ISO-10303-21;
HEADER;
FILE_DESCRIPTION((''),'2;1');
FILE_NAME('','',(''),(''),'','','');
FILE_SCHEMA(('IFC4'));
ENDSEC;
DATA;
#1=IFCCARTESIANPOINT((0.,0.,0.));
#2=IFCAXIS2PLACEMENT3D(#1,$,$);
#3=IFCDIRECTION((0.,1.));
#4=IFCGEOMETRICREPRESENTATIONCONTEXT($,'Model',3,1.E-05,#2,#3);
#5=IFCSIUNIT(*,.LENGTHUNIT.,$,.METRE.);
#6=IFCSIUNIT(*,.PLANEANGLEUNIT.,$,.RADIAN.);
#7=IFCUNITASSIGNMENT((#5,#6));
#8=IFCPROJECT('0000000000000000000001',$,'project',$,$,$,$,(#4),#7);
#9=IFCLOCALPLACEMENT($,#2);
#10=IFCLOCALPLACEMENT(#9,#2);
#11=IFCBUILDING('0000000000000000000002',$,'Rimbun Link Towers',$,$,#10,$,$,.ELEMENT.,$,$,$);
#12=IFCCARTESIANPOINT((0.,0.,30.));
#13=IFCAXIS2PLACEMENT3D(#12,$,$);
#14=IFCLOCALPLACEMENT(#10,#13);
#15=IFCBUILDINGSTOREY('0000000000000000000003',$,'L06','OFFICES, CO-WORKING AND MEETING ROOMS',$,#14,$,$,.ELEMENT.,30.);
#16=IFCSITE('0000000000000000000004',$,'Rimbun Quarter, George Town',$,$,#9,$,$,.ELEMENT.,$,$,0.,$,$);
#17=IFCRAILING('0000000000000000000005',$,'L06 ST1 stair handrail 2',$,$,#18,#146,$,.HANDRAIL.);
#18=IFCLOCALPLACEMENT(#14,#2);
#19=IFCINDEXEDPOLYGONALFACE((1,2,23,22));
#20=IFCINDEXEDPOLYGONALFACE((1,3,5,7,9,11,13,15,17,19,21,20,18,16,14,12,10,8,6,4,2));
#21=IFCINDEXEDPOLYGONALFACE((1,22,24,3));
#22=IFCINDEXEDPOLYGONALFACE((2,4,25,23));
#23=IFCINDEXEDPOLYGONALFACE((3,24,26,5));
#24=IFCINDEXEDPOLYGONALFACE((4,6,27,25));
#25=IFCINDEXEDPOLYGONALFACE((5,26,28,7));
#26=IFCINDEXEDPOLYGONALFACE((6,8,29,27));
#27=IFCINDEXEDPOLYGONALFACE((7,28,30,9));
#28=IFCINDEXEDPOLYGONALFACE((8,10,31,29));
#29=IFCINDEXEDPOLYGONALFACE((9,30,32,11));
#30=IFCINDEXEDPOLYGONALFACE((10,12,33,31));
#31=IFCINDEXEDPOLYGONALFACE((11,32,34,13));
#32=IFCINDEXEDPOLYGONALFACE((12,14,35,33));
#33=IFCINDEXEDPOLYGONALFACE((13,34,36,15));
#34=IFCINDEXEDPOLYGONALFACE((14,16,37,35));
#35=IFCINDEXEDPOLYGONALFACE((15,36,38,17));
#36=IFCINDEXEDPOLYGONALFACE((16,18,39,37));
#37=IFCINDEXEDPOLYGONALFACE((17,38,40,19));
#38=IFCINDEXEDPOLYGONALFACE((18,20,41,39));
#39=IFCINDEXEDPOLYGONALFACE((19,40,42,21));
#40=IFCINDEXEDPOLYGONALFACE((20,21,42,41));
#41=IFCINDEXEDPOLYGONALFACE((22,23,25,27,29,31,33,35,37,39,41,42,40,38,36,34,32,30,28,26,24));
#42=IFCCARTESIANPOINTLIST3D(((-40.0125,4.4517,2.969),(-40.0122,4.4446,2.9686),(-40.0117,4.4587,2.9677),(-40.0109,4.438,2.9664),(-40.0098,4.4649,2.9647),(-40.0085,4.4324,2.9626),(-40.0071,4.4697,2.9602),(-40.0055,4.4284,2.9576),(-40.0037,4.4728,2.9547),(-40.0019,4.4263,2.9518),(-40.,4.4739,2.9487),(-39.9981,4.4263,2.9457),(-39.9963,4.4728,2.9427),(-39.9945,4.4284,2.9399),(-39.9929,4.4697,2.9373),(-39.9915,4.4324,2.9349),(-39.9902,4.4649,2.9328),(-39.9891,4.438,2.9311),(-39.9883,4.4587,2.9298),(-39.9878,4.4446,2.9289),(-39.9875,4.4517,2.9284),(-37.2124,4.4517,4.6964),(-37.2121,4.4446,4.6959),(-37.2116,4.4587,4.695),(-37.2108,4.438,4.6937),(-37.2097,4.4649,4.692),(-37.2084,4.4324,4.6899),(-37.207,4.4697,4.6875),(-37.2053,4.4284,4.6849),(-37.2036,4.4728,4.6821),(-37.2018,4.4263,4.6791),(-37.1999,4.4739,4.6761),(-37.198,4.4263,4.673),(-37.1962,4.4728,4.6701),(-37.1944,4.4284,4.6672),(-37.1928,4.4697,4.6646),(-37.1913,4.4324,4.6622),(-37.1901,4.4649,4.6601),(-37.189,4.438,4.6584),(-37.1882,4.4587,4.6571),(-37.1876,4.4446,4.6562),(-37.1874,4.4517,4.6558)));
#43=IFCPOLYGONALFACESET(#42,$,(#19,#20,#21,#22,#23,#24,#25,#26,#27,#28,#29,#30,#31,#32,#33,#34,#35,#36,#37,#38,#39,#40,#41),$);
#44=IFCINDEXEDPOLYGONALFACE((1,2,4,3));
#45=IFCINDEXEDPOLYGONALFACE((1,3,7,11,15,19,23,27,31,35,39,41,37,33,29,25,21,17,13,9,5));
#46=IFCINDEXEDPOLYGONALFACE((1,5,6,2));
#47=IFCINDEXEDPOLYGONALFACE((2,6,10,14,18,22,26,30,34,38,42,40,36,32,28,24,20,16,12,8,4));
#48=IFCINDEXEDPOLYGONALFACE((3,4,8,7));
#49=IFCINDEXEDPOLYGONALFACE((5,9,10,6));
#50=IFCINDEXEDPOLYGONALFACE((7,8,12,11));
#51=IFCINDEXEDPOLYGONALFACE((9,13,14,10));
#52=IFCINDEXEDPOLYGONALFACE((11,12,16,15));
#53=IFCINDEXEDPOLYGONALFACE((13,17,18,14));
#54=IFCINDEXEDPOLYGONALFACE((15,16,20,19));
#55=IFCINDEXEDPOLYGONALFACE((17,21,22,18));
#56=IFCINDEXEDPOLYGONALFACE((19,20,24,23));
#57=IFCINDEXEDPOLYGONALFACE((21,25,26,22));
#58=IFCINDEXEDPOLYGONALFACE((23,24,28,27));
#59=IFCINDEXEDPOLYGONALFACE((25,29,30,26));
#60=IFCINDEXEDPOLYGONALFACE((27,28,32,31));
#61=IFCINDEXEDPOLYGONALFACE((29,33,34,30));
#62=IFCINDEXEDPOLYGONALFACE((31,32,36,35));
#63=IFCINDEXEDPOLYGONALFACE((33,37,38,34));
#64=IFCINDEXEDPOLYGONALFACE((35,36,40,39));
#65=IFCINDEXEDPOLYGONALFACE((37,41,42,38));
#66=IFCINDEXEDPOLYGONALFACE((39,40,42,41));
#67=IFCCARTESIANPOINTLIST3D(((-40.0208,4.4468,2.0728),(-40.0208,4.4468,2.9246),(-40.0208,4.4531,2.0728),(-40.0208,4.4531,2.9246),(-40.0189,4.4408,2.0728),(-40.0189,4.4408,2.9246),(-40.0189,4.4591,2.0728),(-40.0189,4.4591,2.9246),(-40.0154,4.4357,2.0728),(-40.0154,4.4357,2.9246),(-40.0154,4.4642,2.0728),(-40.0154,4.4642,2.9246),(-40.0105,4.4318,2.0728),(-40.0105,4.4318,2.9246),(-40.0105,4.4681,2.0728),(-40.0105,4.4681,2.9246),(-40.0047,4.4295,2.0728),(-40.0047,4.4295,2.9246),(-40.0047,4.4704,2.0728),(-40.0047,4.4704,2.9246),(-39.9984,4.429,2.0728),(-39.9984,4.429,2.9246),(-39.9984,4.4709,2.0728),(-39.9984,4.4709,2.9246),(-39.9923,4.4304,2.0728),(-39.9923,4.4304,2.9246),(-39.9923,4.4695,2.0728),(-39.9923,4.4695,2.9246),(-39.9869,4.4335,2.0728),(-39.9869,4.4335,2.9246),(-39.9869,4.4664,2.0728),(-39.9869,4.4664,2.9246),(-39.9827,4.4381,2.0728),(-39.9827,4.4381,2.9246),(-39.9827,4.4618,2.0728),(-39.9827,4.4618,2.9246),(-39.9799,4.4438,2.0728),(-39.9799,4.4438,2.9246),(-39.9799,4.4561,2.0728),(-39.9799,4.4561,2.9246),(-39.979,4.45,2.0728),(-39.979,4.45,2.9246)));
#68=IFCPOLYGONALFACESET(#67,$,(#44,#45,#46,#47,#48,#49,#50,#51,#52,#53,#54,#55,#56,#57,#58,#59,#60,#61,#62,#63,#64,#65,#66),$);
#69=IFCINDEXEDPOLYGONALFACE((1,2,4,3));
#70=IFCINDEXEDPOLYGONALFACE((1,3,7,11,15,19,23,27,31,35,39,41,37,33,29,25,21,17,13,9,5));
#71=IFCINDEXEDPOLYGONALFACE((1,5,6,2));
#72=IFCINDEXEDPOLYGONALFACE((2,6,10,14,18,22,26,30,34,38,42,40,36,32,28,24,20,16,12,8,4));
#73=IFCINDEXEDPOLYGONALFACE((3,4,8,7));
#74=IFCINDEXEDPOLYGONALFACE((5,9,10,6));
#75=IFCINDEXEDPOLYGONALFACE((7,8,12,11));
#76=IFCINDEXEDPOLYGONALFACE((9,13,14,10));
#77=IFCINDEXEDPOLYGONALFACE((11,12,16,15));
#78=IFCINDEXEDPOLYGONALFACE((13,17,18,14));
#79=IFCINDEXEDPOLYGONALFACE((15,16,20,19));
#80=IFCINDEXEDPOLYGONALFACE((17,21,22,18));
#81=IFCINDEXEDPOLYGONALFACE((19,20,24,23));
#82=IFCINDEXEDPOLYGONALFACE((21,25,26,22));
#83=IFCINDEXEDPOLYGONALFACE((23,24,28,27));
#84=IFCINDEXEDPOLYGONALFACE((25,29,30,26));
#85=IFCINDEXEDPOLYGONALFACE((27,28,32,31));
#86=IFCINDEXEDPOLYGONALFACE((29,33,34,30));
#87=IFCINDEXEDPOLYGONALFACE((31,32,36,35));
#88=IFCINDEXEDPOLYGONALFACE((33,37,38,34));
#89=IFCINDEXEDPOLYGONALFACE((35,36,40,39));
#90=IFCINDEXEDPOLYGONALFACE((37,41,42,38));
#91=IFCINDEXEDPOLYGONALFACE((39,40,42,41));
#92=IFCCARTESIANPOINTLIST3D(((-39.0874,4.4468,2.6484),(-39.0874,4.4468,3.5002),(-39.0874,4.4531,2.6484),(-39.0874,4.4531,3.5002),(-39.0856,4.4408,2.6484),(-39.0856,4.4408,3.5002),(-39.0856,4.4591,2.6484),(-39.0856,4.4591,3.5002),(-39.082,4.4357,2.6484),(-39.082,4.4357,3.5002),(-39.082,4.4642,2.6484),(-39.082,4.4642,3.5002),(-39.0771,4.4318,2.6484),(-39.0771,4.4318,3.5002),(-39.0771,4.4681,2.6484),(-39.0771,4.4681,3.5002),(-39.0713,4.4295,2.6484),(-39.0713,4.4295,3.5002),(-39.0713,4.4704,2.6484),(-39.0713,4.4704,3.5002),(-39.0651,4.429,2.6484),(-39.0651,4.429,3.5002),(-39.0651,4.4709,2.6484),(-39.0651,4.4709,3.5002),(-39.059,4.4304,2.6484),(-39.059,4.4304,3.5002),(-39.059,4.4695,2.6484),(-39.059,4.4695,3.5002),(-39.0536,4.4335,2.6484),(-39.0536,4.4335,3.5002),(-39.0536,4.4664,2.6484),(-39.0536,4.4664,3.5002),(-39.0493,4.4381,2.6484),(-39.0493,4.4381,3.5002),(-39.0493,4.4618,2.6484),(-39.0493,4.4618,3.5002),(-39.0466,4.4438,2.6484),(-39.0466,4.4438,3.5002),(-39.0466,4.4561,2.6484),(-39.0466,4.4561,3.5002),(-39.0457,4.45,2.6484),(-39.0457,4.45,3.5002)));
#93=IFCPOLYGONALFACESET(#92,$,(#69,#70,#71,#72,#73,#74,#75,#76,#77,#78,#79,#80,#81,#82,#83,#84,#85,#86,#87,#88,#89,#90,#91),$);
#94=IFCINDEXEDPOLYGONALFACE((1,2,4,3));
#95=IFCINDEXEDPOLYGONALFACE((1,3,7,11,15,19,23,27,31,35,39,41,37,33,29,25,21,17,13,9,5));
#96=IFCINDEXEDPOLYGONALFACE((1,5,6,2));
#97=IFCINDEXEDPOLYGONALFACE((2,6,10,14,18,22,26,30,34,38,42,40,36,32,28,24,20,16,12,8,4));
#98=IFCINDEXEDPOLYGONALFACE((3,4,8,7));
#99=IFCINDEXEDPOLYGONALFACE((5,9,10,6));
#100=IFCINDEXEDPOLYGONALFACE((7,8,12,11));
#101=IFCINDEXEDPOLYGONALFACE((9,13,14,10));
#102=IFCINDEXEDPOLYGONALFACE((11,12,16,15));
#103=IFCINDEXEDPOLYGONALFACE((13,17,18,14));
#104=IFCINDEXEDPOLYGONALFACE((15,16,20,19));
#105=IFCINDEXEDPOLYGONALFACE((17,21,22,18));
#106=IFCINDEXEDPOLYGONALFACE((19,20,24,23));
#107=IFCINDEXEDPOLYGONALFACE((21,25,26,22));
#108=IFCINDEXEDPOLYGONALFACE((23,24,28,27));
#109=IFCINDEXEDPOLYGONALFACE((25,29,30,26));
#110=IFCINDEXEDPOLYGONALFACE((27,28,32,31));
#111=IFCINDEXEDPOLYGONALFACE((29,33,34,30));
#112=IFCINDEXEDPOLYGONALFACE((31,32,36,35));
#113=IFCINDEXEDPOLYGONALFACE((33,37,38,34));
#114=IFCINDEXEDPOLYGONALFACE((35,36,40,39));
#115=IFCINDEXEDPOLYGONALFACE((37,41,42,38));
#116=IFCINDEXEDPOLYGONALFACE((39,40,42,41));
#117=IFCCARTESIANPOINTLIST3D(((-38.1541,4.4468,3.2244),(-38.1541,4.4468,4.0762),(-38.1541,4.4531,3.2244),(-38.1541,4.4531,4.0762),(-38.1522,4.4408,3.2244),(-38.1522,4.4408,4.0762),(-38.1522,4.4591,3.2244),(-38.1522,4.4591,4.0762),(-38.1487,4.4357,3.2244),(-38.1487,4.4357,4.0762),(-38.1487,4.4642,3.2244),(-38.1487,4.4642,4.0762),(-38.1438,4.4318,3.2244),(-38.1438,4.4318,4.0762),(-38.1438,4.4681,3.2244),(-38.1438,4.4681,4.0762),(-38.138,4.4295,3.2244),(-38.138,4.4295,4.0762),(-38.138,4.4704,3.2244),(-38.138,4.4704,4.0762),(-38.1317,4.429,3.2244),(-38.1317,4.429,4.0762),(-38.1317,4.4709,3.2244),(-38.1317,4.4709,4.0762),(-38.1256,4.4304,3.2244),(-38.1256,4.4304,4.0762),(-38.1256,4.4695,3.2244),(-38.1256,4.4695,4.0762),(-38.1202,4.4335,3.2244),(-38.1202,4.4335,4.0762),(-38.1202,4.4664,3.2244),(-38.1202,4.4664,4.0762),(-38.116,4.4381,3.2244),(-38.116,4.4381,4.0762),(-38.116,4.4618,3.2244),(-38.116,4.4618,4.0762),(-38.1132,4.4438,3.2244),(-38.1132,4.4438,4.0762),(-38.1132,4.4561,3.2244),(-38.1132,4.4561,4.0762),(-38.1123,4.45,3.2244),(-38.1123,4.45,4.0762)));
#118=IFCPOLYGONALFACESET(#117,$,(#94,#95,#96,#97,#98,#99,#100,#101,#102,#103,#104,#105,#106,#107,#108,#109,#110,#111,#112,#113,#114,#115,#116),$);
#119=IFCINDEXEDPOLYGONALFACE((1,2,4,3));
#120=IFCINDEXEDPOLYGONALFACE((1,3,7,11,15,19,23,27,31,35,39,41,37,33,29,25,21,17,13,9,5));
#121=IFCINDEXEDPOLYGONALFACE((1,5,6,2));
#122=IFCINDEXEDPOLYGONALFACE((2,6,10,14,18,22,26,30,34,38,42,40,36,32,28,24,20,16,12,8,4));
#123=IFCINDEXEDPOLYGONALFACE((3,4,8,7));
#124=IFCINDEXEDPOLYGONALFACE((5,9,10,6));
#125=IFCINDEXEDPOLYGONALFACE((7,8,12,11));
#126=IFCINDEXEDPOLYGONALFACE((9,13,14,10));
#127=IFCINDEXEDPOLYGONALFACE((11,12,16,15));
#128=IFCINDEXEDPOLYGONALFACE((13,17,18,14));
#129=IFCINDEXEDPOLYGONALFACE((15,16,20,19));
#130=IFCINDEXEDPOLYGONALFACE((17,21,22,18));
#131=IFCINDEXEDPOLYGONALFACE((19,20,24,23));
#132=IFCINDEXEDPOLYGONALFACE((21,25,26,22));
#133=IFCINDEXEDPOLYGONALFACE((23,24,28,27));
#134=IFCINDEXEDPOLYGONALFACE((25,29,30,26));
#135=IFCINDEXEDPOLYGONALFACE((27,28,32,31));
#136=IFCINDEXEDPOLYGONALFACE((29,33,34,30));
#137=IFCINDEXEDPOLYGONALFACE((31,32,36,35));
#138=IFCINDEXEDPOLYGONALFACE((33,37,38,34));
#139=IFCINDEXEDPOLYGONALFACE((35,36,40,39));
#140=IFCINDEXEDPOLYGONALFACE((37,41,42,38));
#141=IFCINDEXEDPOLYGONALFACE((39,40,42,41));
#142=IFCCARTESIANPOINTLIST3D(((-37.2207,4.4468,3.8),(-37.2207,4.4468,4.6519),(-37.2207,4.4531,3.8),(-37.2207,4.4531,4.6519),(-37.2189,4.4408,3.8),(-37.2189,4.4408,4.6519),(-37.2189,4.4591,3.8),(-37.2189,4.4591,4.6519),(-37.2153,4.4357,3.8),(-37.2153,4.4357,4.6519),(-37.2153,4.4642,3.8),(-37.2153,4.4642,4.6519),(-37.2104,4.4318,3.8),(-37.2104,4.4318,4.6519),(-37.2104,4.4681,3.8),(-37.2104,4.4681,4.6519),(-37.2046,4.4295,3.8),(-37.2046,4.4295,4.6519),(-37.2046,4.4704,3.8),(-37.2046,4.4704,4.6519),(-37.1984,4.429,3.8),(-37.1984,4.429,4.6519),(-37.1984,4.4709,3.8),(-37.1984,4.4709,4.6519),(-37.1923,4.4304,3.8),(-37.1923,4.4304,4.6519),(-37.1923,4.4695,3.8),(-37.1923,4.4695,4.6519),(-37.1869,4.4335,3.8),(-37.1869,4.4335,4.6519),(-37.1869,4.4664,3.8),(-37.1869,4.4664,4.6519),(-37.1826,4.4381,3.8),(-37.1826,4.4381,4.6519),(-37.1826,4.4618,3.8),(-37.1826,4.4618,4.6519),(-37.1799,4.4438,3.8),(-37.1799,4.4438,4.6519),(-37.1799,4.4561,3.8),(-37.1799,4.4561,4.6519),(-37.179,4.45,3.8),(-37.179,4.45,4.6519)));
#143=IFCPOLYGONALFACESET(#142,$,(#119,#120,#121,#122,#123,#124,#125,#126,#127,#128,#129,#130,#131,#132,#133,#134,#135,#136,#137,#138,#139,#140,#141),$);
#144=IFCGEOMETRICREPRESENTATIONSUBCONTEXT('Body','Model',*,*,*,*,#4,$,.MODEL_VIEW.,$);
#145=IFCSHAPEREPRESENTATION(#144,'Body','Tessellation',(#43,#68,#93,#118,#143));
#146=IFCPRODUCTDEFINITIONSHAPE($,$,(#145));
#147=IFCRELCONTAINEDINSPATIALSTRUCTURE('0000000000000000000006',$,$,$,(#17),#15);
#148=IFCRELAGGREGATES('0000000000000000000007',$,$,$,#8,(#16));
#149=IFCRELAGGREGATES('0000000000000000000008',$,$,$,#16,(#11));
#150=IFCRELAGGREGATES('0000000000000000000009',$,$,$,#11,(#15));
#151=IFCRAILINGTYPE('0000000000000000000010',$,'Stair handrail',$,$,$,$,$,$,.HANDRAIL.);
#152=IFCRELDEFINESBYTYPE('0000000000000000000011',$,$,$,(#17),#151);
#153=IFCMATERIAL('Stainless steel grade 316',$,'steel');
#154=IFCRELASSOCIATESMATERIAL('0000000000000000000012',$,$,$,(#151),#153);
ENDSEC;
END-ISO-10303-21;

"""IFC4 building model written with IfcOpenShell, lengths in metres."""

from ifc_helpers import new_model, si_unit, direction, frame, origin, origin_2d, place, context, subcontext, project, spatial, circle, extrude, material, type_object, element, save


model = new_model("IFC4")

# Units and contexts
model_context = context("Model", 3, precision=1e-05, world=origin(), true_north=direction((0.0, 1.0)))
body_context = subcontext(model_context, "Body", "Model", "MODEL_VIEW")
ifc_project = project(units=[si_unit("LENGTHUNIT", "METRE"), si_unit("PLANEANGLEUNIT", "RADIAN")], contexts=[model_context])

# Site, building, storey
site_placement = place(None, origin())
site = spatial("IfcSite", under=ifc_project, at=site_placement, Name="Rimbun Quarter, George Town", CompositionType="ELEMENT", RefElevation=0.0)
building_placement = place(site_placement, origin())
building = spatial("IfcBuilding", under=site, at=building_placement, Name="Rimbun Link Towers", CompositionType="ELEMENT")
storey_placement = place(building_placement, frame((0.0, 0.0, 30.0)))
storey = spatial("IfcBuildingStorey", under=building, at=storey_placement, Name="L06", Description="OFFICES, CO-WORKING AND MEETING ROOMS", CompositionType="ELEMENT", Elevation=30.0)

# Railing
ifc_material_1 = material(Name="Stainless steel grade 316", Category="steel")
railing_type_1 = type_object("IfcRailingType", Name="Stair handrail", PredefinedType="HANDRAIL", material=ifc_material_1)
railing_1_placement = place(storey_placement, frame((-40.0, 4.45, 2.0728)))
element("IfcRailing", 1, at=railing_1_placement, inside=storey, type_object=railing_type_1, Name="L06 ST1 stair handrail 2", PredefinedType="HANDRAIL", context=body_context, shape_type="SweptSolid", body=[
    extrude(circle(Radius=0.0239, at=origin_2d()), frame((0.0, 0.0, 0.876), z_axis=(0.85109, 0.0, 0.52502), x_axis=(0.0, 1.0, 0.0)), (0.0, 0.0, 1.0), 3.29),
    extrude(circle(Radius=0.021, at=origin_2d()), origin(), (0.0, 0.0, 1.0), 0.8518),
    extrude(circle(Radius=0.021, at=origin_2d()), frame((0.9333, 0.0, 0.5757)), (0.0, 0.0, 1.0), 0.8518),
    extrude(circle(Radius=0.021, at=origin_2d()), frame((1.8667, 0.0, 1.1516)), (0.0, 0.0, 1.0), 0.8518),
    extrude(circle(Radius=0.021, at=origin_2d()), frame((2.8, 0.0, 1.7273)), (0.0, 0.0, 1.0), 0.8518),
])

save(model, "model.ifc")
